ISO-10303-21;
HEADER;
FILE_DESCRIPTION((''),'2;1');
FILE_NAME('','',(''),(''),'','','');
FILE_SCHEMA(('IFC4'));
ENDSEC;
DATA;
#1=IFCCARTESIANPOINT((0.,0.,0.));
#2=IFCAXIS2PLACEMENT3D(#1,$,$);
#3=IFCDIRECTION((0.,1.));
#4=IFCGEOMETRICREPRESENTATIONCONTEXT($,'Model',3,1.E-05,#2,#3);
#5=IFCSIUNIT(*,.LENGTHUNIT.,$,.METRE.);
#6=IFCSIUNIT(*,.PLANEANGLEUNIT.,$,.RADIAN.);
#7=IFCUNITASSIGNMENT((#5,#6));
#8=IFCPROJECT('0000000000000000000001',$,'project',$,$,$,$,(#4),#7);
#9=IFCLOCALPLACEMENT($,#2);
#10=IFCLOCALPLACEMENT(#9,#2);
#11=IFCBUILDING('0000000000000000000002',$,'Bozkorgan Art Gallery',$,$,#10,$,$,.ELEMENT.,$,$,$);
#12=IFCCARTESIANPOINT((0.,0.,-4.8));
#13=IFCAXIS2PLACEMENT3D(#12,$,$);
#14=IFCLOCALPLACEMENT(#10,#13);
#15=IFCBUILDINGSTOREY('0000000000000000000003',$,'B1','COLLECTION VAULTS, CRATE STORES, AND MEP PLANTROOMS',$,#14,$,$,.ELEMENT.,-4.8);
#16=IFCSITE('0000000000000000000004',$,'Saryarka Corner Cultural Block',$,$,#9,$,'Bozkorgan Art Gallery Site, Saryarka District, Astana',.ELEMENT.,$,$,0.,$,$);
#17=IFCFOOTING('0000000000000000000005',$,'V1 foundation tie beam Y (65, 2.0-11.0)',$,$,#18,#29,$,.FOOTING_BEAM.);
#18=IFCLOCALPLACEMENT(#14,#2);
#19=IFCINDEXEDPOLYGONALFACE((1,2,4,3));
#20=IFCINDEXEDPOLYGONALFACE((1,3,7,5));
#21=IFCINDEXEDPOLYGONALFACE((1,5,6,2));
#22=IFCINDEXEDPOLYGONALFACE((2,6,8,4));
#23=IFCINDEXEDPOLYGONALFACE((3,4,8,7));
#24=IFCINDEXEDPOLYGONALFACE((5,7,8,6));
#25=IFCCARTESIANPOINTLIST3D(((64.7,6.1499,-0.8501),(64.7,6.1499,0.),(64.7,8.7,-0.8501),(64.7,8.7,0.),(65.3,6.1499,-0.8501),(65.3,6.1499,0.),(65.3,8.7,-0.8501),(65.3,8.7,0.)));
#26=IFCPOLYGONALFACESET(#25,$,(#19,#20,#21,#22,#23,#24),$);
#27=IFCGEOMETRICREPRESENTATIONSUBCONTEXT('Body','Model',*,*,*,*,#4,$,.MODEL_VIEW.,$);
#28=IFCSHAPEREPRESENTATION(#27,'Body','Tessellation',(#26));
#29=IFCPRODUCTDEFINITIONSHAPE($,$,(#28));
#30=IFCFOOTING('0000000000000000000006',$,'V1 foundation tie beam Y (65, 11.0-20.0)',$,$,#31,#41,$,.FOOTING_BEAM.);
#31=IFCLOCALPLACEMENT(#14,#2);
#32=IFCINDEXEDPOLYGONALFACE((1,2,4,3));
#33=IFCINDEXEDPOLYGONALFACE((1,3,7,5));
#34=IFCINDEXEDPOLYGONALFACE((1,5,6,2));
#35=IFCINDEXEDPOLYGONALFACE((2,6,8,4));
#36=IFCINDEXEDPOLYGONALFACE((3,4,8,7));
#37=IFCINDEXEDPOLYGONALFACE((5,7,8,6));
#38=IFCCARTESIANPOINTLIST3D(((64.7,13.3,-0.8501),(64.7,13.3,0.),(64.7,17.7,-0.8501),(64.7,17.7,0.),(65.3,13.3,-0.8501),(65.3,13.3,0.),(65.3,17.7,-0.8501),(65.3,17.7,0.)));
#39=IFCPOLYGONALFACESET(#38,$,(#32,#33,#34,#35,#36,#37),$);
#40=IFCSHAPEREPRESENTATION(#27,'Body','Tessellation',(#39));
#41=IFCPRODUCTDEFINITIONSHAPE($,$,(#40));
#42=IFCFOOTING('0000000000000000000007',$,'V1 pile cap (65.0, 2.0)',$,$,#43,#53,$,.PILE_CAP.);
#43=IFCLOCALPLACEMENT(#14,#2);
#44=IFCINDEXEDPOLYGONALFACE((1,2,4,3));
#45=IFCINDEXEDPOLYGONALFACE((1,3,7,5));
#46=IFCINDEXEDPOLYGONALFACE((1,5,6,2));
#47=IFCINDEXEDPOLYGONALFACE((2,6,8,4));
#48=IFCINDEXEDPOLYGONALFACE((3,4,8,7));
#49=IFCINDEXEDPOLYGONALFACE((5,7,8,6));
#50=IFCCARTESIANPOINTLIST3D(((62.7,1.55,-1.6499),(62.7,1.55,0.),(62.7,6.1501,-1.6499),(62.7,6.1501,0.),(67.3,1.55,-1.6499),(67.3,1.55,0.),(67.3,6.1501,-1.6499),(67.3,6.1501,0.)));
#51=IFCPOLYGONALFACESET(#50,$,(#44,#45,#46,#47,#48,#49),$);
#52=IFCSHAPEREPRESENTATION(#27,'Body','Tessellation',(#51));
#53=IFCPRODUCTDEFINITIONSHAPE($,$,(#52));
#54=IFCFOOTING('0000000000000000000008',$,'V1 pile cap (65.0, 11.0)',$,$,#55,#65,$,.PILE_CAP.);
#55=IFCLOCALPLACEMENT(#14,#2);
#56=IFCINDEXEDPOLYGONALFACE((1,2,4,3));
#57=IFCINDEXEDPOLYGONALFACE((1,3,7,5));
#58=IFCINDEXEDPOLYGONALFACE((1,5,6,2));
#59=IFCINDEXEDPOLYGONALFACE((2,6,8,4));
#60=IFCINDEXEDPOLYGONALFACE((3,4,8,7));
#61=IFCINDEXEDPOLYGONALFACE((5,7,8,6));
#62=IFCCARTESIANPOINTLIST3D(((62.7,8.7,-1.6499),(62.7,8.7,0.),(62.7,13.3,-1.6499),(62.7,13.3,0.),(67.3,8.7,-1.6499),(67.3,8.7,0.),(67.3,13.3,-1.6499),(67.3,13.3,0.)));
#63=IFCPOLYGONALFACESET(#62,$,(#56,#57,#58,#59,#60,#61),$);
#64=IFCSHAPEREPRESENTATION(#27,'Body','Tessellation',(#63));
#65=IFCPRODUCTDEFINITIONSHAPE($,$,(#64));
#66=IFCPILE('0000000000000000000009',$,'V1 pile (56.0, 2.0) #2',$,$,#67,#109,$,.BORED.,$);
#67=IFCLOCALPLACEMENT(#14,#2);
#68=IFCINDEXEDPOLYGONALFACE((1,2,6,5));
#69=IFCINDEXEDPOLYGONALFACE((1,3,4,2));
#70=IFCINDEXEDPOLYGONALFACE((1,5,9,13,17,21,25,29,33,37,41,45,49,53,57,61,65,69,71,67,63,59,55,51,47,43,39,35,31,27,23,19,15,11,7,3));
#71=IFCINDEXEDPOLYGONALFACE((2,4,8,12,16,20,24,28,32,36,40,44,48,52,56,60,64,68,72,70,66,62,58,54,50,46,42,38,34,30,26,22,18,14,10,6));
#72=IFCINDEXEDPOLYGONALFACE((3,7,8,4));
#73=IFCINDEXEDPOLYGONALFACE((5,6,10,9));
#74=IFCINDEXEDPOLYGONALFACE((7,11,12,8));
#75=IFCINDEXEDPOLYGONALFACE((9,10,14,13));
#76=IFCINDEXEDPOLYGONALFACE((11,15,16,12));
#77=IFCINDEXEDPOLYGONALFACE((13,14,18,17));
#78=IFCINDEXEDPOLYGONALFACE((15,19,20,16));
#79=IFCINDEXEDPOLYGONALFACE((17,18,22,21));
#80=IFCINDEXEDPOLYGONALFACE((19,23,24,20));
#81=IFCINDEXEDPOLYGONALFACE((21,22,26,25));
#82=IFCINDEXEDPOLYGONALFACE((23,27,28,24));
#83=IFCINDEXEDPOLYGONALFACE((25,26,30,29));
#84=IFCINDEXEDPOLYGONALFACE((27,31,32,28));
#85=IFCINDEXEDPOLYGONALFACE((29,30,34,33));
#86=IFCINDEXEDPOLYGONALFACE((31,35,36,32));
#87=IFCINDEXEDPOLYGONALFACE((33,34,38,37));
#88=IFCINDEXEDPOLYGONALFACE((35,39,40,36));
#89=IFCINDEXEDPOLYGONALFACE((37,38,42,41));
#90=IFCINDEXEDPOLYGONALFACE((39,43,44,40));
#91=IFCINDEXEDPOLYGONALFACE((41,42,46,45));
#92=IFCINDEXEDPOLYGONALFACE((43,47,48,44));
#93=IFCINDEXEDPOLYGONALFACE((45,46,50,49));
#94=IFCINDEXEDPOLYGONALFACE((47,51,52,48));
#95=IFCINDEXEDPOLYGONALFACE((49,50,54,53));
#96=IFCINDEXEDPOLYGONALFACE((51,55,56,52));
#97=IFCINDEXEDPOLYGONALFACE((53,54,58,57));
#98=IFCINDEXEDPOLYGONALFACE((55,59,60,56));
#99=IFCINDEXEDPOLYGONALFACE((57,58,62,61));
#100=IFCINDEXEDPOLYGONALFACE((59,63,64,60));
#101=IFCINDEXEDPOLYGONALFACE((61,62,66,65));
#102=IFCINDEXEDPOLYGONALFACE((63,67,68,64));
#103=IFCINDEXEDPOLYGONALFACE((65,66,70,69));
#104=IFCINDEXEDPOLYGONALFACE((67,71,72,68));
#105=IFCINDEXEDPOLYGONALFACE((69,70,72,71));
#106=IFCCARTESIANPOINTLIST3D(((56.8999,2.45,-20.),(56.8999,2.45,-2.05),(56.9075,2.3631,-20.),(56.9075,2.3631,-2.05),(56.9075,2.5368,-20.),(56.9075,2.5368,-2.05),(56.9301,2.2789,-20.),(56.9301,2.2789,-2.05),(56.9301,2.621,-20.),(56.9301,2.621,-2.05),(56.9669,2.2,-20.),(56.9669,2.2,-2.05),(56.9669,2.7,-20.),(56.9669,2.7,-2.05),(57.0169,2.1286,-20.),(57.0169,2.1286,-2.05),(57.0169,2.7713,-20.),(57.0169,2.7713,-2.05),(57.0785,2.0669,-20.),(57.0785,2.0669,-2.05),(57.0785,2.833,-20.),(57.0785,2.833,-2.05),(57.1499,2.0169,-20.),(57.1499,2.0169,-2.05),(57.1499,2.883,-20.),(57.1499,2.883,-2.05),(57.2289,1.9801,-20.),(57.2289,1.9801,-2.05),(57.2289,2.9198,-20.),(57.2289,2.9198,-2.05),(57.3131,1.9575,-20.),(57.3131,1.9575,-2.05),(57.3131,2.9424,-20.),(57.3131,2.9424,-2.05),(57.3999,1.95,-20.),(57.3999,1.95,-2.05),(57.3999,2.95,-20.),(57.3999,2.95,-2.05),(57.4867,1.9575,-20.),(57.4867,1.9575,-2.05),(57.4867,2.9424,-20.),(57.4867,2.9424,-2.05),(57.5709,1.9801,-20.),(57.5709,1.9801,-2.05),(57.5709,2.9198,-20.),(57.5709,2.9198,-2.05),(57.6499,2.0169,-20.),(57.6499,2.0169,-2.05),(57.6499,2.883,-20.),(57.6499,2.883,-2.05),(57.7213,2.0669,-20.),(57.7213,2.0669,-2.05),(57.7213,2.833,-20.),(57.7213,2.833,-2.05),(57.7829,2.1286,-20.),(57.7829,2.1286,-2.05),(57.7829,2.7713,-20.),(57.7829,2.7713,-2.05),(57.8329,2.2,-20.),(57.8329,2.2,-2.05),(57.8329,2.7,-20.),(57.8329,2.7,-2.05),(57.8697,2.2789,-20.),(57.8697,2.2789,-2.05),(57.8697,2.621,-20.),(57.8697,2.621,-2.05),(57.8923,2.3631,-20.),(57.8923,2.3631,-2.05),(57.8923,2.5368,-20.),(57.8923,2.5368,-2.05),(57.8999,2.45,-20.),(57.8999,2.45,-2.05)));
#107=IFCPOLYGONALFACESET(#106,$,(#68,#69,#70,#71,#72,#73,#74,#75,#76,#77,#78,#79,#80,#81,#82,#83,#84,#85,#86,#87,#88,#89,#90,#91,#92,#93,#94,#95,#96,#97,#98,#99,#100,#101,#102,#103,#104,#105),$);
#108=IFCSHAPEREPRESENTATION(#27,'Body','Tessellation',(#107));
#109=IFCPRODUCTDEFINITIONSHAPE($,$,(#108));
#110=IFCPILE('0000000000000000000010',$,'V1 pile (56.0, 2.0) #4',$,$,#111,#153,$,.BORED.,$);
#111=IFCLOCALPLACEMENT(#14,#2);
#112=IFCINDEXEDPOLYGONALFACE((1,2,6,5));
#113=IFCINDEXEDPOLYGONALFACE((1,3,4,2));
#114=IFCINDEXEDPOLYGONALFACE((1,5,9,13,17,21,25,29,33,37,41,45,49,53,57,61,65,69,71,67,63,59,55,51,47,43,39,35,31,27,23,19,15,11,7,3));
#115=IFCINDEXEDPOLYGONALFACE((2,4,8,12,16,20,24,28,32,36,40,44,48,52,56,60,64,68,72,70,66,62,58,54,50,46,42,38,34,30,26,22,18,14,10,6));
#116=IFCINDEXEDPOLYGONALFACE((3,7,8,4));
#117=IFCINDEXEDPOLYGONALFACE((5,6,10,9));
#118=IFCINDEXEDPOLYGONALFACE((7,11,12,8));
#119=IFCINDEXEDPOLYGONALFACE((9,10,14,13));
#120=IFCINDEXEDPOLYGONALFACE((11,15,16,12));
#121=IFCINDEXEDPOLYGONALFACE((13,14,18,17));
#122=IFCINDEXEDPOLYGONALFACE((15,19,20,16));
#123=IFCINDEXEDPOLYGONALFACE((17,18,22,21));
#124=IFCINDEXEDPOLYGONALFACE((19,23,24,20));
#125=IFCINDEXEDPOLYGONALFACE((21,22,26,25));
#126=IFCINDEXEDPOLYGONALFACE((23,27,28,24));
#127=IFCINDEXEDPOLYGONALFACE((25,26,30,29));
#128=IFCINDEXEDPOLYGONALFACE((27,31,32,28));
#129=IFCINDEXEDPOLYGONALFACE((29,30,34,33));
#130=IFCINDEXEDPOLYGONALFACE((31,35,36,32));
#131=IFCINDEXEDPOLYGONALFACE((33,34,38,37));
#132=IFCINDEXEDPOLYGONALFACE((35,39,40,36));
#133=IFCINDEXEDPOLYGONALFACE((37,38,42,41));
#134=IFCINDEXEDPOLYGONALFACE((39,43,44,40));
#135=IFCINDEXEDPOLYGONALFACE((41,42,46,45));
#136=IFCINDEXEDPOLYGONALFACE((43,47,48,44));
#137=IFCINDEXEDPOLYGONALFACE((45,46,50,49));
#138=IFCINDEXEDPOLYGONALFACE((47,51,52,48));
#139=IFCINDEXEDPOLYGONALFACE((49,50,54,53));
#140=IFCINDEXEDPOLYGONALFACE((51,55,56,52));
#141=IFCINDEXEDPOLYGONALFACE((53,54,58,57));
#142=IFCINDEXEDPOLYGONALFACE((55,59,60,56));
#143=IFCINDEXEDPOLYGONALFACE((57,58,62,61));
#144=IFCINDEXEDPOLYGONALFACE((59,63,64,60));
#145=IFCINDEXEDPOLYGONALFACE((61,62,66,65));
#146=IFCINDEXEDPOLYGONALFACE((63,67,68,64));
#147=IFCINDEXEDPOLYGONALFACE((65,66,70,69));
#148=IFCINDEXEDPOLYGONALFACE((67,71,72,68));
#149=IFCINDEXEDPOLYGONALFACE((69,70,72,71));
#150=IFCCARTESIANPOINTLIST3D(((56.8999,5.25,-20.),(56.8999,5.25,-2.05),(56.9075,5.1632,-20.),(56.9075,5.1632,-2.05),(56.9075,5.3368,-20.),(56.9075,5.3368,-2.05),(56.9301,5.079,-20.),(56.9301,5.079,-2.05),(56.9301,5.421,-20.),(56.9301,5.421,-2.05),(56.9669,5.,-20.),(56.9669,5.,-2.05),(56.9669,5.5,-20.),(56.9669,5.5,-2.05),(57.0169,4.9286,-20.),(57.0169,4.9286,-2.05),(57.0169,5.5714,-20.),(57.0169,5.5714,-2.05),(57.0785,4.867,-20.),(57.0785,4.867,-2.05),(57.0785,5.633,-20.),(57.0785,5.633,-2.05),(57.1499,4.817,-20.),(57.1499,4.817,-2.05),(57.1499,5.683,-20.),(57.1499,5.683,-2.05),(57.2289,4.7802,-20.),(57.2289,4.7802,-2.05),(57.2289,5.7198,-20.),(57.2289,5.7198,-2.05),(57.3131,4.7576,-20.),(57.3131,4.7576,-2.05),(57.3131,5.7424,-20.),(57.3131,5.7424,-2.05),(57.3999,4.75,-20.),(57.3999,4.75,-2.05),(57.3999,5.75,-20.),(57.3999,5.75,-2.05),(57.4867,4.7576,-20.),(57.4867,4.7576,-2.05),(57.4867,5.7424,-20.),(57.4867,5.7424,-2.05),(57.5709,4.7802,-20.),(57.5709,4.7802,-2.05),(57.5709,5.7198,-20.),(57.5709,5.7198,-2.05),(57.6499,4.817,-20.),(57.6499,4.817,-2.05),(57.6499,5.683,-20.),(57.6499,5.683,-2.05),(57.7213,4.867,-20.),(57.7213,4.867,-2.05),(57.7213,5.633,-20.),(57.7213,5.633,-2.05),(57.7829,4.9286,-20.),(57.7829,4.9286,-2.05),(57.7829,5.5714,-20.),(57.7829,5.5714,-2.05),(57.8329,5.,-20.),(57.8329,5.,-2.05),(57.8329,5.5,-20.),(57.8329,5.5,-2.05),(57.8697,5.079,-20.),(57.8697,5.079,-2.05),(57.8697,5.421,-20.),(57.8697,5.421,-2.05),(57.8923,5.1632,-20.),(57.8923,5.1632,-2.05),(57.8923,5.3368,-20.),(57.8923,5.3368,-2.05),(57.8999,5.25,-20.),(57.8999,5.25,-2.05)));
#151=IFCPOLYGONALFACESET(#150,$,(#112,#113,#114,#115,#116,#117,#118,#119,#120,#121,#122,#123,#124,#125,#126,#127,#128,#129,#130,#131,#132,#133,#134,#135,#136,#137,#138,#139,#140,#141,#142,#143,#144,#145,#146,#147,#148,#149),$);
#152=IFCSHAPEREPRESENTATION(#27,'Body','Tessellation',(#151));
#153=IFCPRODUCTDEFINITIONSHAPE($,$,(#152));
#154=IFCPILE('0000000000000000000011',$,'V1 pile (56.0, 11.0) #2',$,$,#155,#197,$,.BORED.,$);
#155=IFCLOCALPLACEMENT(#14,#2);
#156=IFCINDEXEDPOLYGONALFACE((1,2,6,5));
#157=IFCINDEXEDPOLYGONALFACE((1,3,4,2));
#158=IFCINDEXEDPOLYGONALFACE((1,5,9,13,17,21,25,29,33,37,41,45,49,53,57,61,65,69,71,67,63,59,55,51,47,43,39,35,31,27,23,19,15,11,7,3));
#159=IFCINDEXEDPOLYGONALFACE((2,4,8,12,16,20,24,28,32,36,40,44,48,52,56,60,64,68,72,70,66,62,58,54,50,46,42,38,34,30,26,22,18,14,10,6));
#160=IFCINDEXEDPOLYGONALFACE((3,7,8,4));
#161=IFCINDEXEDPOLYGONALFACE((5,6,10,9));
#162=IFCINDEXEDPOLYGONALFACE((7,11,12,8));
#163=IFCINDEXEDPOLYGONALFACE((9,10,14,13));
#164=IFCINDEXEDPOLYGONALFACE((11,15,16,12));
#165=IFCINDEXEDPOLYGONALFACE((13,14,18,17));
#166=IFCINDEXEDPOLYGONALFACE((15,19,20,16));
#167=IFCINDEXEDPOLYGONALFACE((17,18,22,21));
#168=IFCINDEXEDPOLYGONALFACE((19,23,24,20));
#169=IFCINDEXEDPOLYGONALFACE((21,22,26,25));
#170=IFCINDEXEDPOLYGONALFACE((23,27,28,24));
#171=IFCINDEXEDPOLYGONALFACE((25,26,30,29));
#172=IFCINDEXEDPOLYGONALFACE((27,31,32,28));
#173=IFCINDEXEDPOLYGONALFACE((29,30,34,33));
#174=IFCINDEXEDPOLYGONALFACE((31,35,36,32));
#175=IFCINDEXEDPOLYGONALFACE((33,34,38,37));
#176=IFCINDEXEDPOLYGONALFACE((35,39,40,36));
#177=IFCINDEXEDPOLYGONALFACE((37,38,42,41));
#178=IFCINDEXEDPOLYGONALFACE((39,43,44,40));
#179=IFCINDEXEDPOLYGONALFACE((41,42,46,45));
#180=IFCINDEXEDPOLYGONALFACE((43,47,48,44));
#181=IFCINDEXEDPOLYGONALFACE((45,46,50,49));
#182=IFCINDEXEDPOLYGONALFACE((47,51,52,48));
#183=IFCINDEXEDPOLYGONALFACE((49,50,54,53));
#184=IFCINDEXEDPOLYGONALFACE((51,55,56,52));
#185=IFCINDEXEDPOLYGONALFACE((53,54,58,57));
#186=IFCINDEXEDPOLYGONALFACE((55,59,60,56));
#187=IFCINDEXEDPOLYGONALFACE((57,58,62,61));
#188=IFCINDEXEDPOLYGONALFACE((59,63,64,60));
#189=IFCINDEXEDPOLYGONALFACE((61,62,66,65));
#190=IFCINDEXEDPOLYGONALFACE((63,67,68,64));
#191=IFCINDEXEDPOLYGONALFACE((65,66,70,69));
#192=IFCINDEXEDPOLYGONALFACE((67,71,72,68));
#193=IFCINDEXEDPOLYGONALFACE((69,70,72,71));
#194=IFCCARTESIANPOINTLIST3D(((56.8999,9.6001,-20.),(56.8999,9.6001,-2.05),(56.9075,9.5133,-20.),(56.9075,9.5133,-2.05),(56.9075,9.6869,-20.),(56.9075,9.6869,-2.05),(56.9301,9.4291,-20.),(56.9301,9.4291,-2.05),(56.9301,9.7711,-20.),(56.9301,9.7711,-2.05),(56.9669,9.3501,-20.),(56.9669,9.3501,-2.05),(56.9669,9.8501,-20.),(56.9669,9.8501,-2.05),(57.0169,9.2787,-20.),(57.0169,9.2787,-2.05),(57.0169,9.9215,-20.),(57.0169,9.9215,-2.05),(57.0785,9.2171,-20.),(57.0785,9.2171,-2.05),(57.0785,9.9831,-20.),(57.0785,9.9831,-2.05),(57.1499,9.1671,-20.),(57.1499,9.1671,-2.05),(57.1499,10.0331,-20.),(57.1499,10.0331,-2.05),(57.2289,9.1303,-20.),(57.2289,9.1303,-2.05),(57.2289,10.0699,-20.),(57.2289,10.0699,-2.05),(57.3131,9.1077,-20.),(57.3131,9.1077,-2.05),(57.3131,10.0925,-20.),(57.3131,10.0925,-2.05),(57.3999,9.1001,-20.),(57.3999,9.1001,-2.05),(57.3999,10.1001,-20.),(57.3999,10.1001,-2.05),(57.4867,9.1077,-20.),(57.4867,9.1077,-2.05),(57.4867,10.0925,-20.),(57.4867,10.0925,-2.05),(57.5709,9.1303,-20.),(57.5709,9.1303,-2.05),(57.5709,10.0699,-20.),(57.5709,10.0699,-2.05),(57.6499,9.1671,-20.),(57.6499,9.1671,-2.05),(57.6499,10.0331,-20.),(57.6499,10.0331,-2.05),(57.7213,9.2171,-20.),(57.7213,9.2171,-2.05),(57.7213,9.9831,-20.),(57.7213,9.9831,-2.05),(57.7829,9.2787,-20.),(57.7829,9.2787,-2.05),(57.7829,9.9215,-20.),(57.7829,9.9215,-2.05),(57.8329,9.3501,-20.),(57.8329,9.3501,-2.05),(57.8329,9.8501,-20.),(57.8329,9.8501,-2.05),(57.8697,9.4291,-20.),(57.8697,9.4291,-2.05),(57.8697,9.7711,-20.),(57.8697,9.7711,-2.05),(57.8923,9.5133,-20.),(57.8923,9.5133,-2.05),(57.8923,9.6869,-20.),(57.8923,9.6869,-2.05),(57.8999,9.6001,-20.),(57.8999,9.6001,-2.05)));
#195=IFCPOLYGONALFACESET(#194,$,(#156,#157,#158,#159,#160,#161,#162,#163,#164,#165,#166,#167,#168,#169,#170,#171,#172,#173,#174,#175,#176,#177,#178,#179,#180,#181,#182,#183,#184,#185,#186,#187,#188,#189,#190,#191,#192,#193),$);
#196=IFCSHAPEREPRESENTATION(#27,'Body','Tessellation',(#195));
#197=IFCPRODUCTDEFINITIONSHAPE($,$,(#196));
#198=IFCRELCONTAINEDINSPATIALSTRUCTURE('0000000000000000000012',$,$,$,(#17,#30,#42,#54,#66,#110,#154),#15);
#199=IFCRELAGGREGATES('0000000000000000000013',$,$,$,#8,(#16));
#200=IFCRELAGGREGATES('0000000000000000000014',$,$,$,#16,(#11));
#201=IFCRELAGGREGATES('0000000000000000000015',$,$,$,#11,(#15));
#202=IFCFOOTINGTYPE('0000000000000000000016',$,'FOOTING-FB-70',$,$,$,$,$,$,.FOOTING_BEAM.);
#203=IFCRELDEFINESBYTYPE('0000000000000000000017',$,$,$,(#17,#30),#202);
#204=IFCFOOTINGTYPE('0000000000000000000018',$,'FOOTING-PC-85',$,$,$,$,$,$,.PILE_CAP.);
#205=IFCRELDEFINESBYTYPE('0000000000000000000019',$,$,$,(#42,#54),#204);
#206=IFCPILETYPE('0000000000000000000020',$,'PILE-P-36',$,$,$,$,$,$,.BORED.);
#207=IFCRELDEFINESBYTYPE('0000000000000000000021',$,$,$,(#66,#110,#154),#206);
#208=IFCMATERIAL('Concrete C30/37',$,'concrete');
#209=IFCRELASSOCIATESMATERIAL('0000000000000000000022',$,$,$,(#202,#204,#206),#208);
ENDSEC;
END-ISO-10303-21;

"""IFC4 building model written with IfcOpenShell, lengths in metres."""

from ifc_helpers import new_model, si_unit, direction, frame, origin, origin_2d, place, context, subcontext, project, spatial, rectangle, circle, extrude, material, material_profile, profile_set, type_object, element, save


model = new_model("IFC4")

# Units and contexts
model_context = context("Model", 3, precision=1e-05, world=origin(), true_north=direction((0.0, 1.0)))
body_context = subcontext(model_context, "Body", "Model", "MODEL_VIEW")
ifc_project = project(units=[si_unit("LENGTHUNIT", "METRE"), si_unit("PLANEANGLEUNIT", "RADIAN")], contexts=[model_context])

# Site, building, storey
site_placement = place(None, origin())
site = spatial("IfcSite", under=ifc_project, at=site_placement, Name="Saryarka Corner Cultural Block", LongName="Bozkorgan Art Gallery Site, Saryarka District, Astana", CompositionType="ELEMENT", RefElevation=0.0)
building_placement = place(site_placement, origin())
building = spatial("IfcBuilding", under=site, at=building_placement, Name="Bozkorgan Art Gallery", CompositionType="ELEMENT")
storey_placement = place(building_placement, frame((0.0, 0.0, -4.8)))
storey = spatial("IfcBuildingStorey", under=building, at=storey_placement, Name="B1", Description="COLLECTION VAULTS, CRATE STORES, AND MEP PLANTROOMS", CompositionType="ELEMENT", Elevation=-4.8)

# Footings
ifc_material_1 = material(Name="Concrete C30/37", Category="concrete")
ifc_material_profile_1 = material_profile(ifc_material_1, rectangle(XDim=0.6001, YDim=0.8501, at=origin_2d()), Name="FND 600x850")
ifc_profile_set_1 = profile_set([ifc_material_profile_1], Name="Concrete C30/37")
footing_type_1 = type_object("IfcFootingType", Name="FOOTING-FB-70", PredefinedType="FOOTING_BEAM", material=ifc_profile_set_1)
footing_1_placement = place(storey_placement, frame((65.0, 6.1499, -0.425), z_axis=(0.0, 1.0, 0.0), x_axis=(-1.0, 0.0, 0.0)))
element("IfcFooting", 1, at=footing_1_placement, inside=storey, type_object=footing_type_1, Name="V1 foundation tie beam Y (65, 2.0-11.0)", PredefinedType="FOOTING_BEAM", context=body_context, shape_type="SweptSolid", body=[
    extrude(rectangle(XDim=0.6001, YDim=0.8501, at=origin_2d()), origin(), (0.0, 0.0, 1.0), 2.55),
])
footing_2_placement = place(storey_placement, frame((65.0, 13.3, -0.425), z_axis=(0.0, 1.0, 0.0), x_axis=(-1.0, 0.0, 0.0)))
element("IfcFooting", 2, at=footing_2_placement, inside=storey, type_object=footing_type_1, Name="V1 foundation tie beam Y (65, 11.0-20.0)", PredefinedType="FOOTING_BEAM", context=body_context, shape_type="SweptSolid", body=[
    extrude(rectangle(XDim=0.6001, YDim=0.8501, at=origin_2d()), origin(), (0.0, 0.0, 1.0), 4.3999),
])
footing_type_2 = type_object("IfcFootingType", Name="FOOTING-PC-85", PredefinedType="PILE_CAP", material=ifc_material_1)
for number, where, z_axis, x_axis, name in (
    (3, (65.0, 3.8501, -1.6499), (0.0, 0.0, 1.0), (1.0, 0.0, 0.0), "V1 pile cap (65.0, 2.0)"),
    (4, (65.0, 11.0, -1.6499), (0.0, 0.0, 1.0), (1.0, 0.0, 0.0), "V1 pile cap (65.0, 11.0)"),
):
    element("IfcFooting", number, at=place(storey_placement, frame(where, z_axis=z_axis, x_axis=x_axis)), inside=storey, type_object=footing_type_2, Name=name, PredefinedType="PILE_CAP", context=body_context, shape_type="SweptSolid", body=[
        extrude(rectangle(XDim=4.6001, YDim=4.6001, at=origin_2d()), origin(), (0.0, 0.0, 1.0), 1.6499),
    ])

# Piles
ifc_material_profile_2 = material_profile(ifc_material_1, circle(Radius=0.5, at=origin_2d()), Name="PILE D1000")
ifc_profile_set_2 = profile_set([ifc_material_profile_2], Name="Concrete C30/37")
pile_type = type_object("IfcPileType", Name="PILE-P-36", PredefinedType="BORED", material=ifc_profile_set_2)
for number, where, z_axis, x_axis, name in (
    (5, (57.3999, 2.45, -2.05), (0.0, 0.0, -1.0), (1.0, 0.0, 0.0), "V1 pile (56.0, 2.0) #2"),
    (6, (57.3999, 5.25, -2.05), (0.0, 0.0, -1.0), (1.0, 0.0, 0.0), "V1 pile (56.0, 2.0) #4"),
    (7, (57.3999, 9.6001, -2.05), (0.0, 0.0, -1.0), (1.0, 0.0, 0.0), "V1 pile (56.0, 11.0) #2"),
):
    element("IfcPile", number, at=place(storey_placement, frame(where, z_axis=z_axis, x_axis=x_axis)), inside=storey, type_object=pile_type, Name=name, PredefinedType="BORED", context=body_context, shape_type="SweptSolid", body=[
        extrude(circle(Radius=0.5, at=origin_2d()), origin(), (0.0, 0.0, 1.0), 17.95),
    ])

save(model, "model.ifc")
